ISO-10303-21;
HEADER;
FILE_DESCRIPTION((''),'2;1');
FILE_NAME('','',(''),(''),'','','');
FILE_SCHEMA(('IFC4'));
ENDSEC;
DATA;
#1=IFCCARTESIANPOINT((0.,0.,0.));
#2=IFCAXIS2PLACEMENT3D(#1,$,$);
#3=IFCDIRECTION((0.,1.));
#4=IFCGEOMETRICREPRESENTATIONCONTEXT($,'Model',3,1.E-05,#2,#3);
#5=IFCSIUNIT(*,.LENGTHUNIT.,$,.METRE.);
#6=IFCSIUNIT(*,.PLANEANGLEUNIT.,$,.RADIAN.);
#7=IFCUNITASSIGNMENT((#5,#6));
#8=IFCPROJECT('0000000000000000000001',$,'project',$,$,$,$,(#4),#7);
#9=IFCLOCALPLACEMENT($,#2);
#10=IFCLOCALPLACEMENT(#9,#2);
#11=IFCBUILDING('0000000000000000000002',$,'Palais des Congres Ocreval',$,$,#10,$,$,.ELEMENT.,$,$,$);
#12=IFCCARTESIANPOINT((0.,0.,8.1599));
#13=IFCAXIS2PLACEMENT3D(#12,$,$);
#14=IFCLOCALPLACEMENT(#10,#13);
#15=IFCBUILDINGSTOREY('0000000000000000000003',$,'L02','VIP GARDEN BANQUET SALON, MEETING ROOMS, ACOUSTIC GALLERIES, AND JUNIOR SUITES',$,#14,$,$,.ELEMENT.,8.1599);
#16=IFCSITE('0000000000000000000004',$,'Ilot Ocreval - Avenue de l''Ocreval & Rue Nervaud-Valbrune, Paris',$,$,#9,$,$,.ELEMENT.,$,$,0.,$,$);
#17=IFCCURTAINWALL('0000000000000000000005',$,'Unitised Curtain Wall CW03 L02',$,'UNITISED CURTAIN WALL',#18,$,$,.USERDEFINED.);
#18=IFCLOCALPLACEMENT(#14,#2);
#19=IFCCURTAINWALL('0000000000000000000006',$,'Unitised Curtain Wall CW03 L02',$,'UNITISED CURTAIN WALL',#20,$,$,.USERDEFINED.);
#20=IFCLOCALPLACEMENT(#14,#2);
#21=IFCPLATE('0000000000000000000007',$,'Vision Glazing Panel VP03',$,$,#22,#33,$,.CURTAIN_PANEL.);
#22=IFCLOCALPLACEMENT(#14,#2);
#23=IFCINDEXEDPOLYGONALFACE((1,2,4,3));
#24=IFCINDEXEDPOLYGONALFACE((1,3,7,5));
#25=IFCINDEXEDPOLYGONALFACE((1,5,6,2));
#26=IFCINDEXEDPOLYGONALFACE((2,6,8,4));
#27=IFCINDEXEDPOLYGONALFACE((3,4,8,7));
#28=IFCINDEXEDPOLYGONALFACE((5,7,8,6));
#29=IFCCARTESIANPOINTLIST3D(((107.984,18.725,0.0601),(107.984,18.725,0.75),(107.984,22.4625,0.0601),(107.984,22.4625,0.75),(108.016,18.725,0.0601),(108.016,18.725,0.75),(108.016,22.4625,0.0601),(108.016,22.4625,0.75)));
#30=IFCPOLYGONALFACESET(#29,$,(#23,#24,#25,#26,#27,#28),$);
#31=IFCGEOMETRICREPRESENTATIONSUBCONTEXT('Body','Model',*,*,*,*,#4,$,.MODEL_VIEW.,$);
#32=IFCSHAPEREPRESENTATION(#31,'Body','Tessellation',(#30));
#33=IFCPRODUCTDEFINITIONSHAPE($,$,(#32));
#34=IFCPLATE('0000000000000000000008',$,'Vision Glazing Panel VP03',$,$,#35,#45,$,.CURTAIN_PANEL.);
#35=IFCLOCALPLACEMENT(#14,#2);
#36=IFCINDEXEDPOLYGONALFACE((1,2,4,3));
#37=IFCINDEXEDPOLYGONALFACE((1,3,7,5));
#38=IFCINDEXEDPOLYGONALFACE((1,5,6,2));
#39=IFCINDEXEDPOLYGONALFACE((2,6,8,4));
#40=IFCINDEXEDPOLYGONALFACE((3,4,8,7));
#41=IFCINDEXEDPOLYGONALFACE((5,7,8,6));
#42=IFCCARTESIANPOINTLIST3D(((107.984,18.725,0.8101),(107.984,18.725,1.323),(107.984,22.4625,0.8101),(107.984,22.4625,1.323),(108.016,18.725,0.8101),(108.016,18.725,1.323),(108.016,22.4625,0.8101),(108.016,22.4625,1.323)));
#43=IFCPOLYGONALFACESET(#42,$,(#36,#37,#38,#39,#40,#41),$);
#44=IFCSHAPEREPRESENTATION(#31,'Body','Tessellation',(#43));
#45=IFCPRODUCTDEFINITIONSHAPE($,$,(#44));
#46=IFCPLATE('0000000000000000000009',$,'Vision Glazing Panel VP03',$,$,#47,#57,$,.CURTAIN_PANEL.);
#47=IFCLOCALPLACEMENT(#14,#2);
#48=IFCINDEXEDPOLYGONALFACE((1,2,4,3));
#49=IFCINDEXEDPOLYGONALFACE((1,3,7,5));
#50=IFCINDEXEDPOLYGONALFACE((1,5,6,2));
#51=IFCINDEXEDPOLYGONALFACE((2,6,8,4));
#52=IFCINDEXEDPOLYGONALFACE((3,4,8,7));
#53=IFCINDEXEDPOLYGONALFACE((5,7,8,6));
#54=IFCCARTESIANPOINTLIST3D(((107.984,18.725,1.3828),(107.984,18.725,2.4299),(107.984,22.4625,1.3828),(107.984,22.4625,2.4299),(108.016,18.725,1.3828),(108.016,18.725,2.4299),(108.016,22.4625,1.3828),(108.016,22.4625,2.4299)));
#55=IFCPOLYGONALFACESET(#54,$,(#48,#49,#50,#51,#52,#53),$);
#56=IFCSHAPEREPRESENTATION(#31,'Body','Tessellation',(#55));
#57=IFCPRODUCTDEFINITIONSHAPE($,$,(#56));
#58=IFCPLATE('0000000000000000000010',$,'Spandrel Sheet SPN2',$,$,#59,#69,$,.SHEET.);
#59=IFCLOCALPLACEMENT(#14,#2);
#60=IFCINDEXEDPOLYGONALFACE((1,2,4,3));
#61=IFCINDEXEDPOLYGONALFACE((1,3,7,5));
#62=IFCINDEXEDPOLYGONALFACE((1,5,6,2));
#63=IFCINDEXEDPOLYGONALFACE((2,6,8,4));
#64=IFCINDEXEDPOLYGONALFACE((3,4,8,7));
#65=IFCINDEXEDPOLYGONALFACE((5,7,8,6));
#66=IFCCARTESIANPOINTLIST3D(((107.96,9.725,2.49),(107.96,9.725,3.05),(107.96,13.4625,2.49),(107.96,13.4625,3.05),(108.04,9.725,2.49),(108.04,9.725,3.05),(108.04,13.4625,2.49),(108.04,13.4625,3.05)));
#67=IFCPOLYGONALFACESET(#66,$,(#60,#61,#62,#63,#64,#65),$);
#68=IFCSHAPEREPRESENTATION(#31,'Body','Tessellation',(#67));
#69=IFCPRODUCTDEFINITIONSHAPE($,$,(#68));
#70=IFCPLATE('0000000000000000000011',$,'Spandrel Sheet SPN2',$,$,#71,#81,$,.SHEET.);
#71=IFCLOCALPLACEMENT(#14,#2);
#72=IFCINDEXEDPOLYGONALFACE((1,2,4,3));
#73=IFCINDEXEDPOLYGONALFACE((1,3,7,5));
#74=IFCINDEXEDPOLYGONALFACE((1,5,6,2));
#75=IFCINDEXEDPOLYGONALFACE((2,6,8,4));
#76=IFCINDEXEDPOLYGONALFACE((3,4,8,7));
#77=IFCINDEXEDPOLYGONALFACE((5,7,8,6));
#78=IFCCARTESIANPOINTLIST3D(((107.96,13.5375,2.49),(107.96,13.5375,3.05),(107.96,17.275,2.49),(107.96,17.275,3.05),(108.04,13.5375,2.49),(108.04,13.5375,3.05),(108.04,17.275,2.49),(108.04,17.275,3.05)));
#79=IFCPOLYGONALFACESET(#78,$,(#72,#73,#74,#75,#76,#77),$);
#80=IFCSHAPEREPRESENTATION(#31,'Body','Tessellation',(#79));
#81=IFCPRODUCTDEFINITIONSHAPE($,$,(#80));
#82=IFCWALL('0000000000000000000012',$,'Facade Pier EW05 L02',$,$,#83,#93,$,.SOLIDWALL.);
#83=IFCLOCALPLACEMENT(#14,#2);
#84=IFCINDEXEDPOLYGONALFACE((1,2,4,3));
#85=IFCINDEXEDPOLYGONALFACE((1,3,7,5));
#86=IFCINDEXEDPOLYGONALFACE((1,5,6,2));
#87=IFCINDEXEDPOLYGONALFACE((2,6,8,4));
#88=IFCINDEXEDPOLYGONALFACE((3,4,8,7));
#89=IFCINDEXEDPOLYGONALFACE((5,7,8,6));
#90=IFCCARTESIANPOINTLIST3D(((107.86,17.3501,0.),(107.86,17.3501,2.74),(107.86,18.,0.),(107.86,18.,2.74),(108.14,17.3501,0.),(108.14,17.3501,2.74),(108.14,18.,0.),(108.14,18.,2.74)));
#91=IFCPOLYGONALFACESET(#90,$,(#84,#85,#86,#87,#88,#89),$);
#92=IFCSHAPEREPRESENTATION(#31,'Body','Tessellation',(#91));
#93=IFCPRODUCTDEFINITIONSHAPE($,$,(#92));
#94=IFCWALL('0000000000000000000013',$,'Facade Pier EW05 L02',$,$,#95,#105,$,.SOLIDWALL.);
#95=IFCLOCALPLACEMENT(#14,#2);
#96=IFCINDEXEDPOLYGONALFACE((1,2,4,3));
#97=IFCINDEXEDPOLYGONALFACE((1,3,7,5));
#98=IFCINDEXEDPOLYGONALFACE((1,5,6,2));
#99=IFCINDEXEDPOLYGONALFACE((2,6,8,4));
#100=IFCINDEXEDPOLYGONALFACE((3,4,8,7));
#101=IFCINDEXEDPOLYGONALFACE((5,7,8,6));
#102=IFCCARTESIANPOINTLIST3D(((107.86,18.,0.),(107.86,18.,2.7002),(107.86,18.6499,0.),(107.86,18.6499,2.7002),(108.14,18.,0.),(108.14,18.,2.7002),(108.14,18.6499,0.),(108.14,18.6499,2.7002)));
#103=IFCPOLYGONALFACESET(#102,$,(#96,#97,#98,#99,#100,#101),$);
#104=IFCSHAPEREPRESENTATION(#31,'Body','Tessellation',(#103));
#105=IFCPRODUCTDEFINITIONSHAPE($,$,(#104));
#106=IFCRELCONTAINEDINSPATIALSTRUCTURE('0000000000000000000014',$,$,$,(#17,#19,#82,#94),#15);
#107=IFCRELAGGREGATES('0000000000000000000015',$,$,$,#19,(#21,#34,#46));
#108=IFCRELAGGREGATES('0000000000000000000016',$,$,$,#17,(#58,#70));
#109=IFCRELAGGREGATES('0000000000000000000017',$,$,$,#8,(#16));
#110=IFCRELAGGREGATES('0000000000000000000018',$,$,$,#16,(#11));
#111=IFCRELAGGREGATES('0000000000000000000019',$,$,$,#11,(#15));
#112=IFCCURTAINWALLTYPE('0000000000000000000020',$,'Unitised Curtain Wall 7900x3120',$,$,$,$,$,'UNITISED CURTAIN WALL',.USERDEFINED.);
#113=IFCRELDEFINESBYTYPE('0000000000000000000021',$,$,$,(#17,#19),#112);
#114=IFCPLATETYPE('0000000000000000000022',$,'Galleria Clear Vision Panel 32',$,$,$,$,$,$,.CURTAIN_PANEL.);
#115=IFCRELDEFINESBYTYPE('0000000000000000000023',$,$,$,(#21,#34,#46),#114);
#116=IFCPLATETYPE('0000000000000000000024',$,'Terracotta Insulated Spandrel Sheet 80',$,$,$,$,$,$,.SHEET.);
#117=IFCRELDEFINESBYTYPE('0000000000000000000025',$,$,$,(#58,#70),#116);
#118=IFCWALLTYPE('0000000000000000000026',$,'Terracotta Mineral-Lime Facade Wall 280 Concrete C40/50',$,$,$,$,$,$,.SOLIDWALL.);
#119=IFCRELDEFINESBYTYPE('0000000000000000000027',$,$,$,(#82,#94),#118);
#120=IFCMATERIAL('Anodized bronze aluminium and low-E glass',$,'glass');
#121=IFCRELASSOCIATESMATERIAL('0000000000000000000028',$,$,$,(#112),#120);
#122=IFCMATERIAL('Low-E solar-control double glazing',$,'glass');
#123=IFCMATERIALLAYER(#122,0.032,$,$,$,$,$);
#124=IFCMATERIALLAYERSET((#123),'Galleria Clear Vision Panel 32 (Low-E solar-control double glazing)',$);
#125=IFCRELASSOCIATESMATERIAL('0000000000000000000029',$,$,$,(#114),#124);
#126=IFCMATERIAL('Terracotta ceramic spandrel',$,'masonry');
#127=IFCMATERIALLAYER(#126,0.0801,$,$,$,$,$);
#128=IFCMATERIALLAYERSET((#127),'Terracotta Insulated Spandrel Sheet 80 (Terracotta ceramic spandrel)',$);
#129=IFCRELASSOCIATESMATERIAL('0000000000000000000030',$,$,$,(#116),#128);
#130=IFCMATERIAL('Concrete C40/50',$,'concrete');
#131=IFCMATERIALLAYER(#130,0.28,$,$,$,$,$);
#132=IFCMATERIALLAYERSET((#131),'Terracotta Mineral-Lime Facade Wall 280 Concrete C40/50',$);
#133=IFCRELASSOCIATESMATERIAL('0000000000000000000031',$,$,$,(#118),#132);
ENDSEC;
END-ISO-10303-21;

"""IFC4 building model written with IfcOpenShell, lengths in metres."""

from ifc_helpers import new_model, si_unit, direction, frame, frame_2d, origin, origin_2d, place, context, subcontext, project, spatial, rectangle, extrude, material, layer, layer_set, type_object, element, aggregate, save


model = new_model("IFC4")

# Units and contexts
model_context = context("Model", 3, precision=1e-05, world=origin(), true_north=direction((0.0, 1.0)))
body_context = subcontext(model_context, "Body", "Model", "MODEL_VIEW")
ifc_project = project(units=[si_unit("LENGTHUNIT", "METRE"), si_unit("PLANEANGLEUNIT", "RADIAN")], contexts=[model_context])

# Site, building, storey
site_placement = place(None, origin())
site = spatial("IfcSite", under=ifc_project, at=site_placement, Name="Ilot Ocreval - Avenue de l'Ocreval & Rue Nervaud-Valbrune, Paris", CompositionType="ELEMENT", RefElevation=0.0)
building_placement = place(site_placement, origin())
building = spatial("IfcBuilding", under=site, at=building_placement, Name="Palais des Congres Ocreval", CompositionType="ELEMENT")
storey_placement = place(building_placement, frame((0.0, 0.0, 8.1599)))
storey = spatial("IfcBuildingStorey", under=building, at=storey_placement, Name="L02", Description="VIP GARDEN BANQUET SALON, MEETING ROOMS, ACOUSTIC GALLERIES, AND JUNIOR SUITES", CompositionType="ELEMENT", Elevation=8.1599)

# Curtain walls
ifc_material_1 = material(Name="Anodized bronze aluminium and low-E glass", Category="glass")
curtain_wall_type = type_object("IfcCurtainWallType", Name="Unitised Curtain Wall 7900x3120", ElementType="UNITISED CURTAIN WALL", PredefinedType="USERDEFINED", material=ifc_material_1)
curtain_wall_1_placement = place(storey_placement, origin())
curtain_wall_1 = element("IfcCurtainWall", 1, at=curtain_wall_1_placement, inside=storey, type_object=curtain_wall_type, Name="Unitised Curtain Wall CW03 L02", ObjectType="UNITISED CURTAIN WALL", PredefinedType="USERDEFINED")
curtain_wall_2_placement = place(storey_placement, origin())
curtain_wall_2 = element("IfcCurtainWall", 2, at=curtain_wall_2_placement, inside=storey, type_object=curtain_wall_type, Name="Unitised Curtain Wall CW03 L02", ObjectType="UNITISED CURTAIN WALL", PredefinedType="USERDEFINED")

# Plates
ifc_material_2 = material(Name="Low-E solar-control double glazing", Category="glass")
ifc_layer_1 = layer(ifc_material_2, 0.032)
ifc_layer_set_1 = layer_set([ifc_layer_1], Name="Galleria Clear Vision Panel 32 (Low-E solar-control double glazing)")
plate_type_1 = type_object("IfcPlateType", Name="Galleria Clear Vision Panel 32", PredefinedType="CURTAIN_PANEL", material=ifc_layer_set_1)
plate_1_placement = place(storey_placement, frame((108.0, 20.5938, 0.0601), z_axis=(0.0, 0.0, 1.0), x_axis=(0.0, 1.0, 0.0)))
plate_1 = element("IfcPlate", 3, at=plate_1_placement, type_object=plate_type_1, Name="Vision Glazing Panel VP03", PredefinedType="CURTAIN_PANEL", context=body_context, shape_type="SweptSolid", body=[
    extrude(rectangle(XDim=3.7375, YDim=0.032, at=origin_2d()), origin(), (0.0, 0.0, 1.0), 0.6899),
])
plate_2_placement = place(storey_placement, frame((108.0, 20.5938, 0.8101), z_axis=(0.0, 0.0, 1.0), x_axis=(0.0, 1.0, 0.0)))
plate_2 = element("IfcPlate", 4, at=plate_2_placement, type_object=plate_type_1, Name="Vision Glazing Panel VP03", PredefinedType="CURTAIN_PANEL", context=body_context, shape_type="SweptSolid", body=[
    extrude(rectangle(XDim=3.7375, YDim=0.032, at=origin_2d()), origin(), (0.0, 0.0, 1.0), 0.5129),
])
plate_3_placement = place(storey_placement, frame((108.0, 20.5938, 1.3828), z_axis=(0.0, 0.0, 1.0), x_axis=(0.0, 1.0, 0.0)))
plate_3 = element("IfcPlate", 5, at=plate_3_placement, type_object=plate_type_1, Name="Vision Glazing Panel VP03", PredefinedType="CURTAIN_PANEL", context=body_context, shape_type="SweptSolid", body=[
    extrude(rectangle(XDim=3.7375, YDim=0.032, at=origin_2d()), origin(), (0.0, 0.0, 1.0), 1.0471),
])
aggregate(curtain_wall_2, [plate_1, plate_2, plate_3])
ifc_material_3 = material(Name="Terracotta ceramic spandrel", Category="masonry")
ifc_layer_2 = layer(ifc_material_3, 0.0801)
ifc_layer_set_2 = layer_set([ifc_layer_2], Name="Terracotta Insulated Spandrel Sheet 80 (Terracotta ceramic spandrel)")
plate_type_2 = type_object("IfcPlateType", Name="Terracotta Insulated Spandrel Sheet 80", PredefinedType="SHEET", material=ifc_layer_set_2)
plate_4_placement = place(storey_placement, frame((108.0, 11.5938, 2.49), z_axis=(0.0, 0.0, 1.0), x_axis=(0.0, 1.0, 0.0)))
plate_4 = element("IfcPlate", 6, at=plate_4_placement, type_object=plate_type_2, Name="Spandrel Sheet SPN2", PredefinedType="SHEET", context=body_context, shape_type="SweptSolid", body=[
    extrude(rectangle(XDim=3.7375, YDim=0.0801, at=origin_2d()), origin(), (0.0, 0.0, 1.0), 0.5601),
])
plate_5_placement = place(storey_placement, frame((108.0, 15.4062, 2.49), z_axis=(0.0, 0.0, 1.0), x_axis=(0.0, 1.0, 0.0)))
plate_5 = element("IfcPlate", 7, at=plate_5_placement, type_object=plate_type_2, Name="Spandrel Sheet SPN2", PredefinedType="SHEET", context=body_context, shape_type="SweptSolid", body=[
    extrude(rectangle(XDim=3.7375, YDim=0.0801, at=origin_2d()), origin(), (0.0, 0.0, 1.0), 0.5601),
])
aggregate(curtain_wall_1, [plate_4, plate_5])

# Walls
ifc_material_4 = material(Name="Concrete C40/50", Category="concrete")
ifc_layer_3 = layer(ifc_material_4, 0.28)
ifc_layer_set_3 = layer_set([ifc_layer_3], Name="Terracotta Mineral-Lime Facade Wall 280 Concrete C40/50")
wall_type = type_object("IfcWallType", Name="Terracotta Mineral-Lime Facade Wall 280 Concrete C40/50", PredefinedType="SOLIDWALL", material=ifc_layer_set_3)
wall_1_placement = place(storey_placement, frame((108.0, 17.3501, 0.0), z_axis=(0.0, 0.0, 1.0), x_axis=(0.0, 1.0, 0.0)))
element("IfcWall", 8, at=wall_1_placement, inside=storey, type_object=wall_type, Name="Facade Pier EW05 L02", PredefinedType="SOLIDWALL", context=body_context, shape_type="SweptSolid", body=[
    extrude(rectangle(XDim=0.6499, YDim=0.28, at=frame_2d((0.325, 0.0))), origin(), (0.0, 0.0, 1.0), 2.74),
])
wall_2_placement = place(storey_placement, frame((108.0, 18.0, 0.0), z_axis=(0.0, 0.0, 1.0), x_axis=(0.0, 1.0, 0.0)))
element("IfcWall", 9, at=wall_2_placement, inside=storey, type_object=wall_type, Name="Facade Pier EW05 L02", PredefinedType="SOLIDWALL", context=body_context, shape_type="SweptSolid", body=[
    extrude(rectangle(XDim=0.6499, YDim=0.28, at=frame_2d((0.325, 0.0))), origin(), (0.0, 0.0, 1.0), 2.7002),
])

save(model, "model.ifc")
